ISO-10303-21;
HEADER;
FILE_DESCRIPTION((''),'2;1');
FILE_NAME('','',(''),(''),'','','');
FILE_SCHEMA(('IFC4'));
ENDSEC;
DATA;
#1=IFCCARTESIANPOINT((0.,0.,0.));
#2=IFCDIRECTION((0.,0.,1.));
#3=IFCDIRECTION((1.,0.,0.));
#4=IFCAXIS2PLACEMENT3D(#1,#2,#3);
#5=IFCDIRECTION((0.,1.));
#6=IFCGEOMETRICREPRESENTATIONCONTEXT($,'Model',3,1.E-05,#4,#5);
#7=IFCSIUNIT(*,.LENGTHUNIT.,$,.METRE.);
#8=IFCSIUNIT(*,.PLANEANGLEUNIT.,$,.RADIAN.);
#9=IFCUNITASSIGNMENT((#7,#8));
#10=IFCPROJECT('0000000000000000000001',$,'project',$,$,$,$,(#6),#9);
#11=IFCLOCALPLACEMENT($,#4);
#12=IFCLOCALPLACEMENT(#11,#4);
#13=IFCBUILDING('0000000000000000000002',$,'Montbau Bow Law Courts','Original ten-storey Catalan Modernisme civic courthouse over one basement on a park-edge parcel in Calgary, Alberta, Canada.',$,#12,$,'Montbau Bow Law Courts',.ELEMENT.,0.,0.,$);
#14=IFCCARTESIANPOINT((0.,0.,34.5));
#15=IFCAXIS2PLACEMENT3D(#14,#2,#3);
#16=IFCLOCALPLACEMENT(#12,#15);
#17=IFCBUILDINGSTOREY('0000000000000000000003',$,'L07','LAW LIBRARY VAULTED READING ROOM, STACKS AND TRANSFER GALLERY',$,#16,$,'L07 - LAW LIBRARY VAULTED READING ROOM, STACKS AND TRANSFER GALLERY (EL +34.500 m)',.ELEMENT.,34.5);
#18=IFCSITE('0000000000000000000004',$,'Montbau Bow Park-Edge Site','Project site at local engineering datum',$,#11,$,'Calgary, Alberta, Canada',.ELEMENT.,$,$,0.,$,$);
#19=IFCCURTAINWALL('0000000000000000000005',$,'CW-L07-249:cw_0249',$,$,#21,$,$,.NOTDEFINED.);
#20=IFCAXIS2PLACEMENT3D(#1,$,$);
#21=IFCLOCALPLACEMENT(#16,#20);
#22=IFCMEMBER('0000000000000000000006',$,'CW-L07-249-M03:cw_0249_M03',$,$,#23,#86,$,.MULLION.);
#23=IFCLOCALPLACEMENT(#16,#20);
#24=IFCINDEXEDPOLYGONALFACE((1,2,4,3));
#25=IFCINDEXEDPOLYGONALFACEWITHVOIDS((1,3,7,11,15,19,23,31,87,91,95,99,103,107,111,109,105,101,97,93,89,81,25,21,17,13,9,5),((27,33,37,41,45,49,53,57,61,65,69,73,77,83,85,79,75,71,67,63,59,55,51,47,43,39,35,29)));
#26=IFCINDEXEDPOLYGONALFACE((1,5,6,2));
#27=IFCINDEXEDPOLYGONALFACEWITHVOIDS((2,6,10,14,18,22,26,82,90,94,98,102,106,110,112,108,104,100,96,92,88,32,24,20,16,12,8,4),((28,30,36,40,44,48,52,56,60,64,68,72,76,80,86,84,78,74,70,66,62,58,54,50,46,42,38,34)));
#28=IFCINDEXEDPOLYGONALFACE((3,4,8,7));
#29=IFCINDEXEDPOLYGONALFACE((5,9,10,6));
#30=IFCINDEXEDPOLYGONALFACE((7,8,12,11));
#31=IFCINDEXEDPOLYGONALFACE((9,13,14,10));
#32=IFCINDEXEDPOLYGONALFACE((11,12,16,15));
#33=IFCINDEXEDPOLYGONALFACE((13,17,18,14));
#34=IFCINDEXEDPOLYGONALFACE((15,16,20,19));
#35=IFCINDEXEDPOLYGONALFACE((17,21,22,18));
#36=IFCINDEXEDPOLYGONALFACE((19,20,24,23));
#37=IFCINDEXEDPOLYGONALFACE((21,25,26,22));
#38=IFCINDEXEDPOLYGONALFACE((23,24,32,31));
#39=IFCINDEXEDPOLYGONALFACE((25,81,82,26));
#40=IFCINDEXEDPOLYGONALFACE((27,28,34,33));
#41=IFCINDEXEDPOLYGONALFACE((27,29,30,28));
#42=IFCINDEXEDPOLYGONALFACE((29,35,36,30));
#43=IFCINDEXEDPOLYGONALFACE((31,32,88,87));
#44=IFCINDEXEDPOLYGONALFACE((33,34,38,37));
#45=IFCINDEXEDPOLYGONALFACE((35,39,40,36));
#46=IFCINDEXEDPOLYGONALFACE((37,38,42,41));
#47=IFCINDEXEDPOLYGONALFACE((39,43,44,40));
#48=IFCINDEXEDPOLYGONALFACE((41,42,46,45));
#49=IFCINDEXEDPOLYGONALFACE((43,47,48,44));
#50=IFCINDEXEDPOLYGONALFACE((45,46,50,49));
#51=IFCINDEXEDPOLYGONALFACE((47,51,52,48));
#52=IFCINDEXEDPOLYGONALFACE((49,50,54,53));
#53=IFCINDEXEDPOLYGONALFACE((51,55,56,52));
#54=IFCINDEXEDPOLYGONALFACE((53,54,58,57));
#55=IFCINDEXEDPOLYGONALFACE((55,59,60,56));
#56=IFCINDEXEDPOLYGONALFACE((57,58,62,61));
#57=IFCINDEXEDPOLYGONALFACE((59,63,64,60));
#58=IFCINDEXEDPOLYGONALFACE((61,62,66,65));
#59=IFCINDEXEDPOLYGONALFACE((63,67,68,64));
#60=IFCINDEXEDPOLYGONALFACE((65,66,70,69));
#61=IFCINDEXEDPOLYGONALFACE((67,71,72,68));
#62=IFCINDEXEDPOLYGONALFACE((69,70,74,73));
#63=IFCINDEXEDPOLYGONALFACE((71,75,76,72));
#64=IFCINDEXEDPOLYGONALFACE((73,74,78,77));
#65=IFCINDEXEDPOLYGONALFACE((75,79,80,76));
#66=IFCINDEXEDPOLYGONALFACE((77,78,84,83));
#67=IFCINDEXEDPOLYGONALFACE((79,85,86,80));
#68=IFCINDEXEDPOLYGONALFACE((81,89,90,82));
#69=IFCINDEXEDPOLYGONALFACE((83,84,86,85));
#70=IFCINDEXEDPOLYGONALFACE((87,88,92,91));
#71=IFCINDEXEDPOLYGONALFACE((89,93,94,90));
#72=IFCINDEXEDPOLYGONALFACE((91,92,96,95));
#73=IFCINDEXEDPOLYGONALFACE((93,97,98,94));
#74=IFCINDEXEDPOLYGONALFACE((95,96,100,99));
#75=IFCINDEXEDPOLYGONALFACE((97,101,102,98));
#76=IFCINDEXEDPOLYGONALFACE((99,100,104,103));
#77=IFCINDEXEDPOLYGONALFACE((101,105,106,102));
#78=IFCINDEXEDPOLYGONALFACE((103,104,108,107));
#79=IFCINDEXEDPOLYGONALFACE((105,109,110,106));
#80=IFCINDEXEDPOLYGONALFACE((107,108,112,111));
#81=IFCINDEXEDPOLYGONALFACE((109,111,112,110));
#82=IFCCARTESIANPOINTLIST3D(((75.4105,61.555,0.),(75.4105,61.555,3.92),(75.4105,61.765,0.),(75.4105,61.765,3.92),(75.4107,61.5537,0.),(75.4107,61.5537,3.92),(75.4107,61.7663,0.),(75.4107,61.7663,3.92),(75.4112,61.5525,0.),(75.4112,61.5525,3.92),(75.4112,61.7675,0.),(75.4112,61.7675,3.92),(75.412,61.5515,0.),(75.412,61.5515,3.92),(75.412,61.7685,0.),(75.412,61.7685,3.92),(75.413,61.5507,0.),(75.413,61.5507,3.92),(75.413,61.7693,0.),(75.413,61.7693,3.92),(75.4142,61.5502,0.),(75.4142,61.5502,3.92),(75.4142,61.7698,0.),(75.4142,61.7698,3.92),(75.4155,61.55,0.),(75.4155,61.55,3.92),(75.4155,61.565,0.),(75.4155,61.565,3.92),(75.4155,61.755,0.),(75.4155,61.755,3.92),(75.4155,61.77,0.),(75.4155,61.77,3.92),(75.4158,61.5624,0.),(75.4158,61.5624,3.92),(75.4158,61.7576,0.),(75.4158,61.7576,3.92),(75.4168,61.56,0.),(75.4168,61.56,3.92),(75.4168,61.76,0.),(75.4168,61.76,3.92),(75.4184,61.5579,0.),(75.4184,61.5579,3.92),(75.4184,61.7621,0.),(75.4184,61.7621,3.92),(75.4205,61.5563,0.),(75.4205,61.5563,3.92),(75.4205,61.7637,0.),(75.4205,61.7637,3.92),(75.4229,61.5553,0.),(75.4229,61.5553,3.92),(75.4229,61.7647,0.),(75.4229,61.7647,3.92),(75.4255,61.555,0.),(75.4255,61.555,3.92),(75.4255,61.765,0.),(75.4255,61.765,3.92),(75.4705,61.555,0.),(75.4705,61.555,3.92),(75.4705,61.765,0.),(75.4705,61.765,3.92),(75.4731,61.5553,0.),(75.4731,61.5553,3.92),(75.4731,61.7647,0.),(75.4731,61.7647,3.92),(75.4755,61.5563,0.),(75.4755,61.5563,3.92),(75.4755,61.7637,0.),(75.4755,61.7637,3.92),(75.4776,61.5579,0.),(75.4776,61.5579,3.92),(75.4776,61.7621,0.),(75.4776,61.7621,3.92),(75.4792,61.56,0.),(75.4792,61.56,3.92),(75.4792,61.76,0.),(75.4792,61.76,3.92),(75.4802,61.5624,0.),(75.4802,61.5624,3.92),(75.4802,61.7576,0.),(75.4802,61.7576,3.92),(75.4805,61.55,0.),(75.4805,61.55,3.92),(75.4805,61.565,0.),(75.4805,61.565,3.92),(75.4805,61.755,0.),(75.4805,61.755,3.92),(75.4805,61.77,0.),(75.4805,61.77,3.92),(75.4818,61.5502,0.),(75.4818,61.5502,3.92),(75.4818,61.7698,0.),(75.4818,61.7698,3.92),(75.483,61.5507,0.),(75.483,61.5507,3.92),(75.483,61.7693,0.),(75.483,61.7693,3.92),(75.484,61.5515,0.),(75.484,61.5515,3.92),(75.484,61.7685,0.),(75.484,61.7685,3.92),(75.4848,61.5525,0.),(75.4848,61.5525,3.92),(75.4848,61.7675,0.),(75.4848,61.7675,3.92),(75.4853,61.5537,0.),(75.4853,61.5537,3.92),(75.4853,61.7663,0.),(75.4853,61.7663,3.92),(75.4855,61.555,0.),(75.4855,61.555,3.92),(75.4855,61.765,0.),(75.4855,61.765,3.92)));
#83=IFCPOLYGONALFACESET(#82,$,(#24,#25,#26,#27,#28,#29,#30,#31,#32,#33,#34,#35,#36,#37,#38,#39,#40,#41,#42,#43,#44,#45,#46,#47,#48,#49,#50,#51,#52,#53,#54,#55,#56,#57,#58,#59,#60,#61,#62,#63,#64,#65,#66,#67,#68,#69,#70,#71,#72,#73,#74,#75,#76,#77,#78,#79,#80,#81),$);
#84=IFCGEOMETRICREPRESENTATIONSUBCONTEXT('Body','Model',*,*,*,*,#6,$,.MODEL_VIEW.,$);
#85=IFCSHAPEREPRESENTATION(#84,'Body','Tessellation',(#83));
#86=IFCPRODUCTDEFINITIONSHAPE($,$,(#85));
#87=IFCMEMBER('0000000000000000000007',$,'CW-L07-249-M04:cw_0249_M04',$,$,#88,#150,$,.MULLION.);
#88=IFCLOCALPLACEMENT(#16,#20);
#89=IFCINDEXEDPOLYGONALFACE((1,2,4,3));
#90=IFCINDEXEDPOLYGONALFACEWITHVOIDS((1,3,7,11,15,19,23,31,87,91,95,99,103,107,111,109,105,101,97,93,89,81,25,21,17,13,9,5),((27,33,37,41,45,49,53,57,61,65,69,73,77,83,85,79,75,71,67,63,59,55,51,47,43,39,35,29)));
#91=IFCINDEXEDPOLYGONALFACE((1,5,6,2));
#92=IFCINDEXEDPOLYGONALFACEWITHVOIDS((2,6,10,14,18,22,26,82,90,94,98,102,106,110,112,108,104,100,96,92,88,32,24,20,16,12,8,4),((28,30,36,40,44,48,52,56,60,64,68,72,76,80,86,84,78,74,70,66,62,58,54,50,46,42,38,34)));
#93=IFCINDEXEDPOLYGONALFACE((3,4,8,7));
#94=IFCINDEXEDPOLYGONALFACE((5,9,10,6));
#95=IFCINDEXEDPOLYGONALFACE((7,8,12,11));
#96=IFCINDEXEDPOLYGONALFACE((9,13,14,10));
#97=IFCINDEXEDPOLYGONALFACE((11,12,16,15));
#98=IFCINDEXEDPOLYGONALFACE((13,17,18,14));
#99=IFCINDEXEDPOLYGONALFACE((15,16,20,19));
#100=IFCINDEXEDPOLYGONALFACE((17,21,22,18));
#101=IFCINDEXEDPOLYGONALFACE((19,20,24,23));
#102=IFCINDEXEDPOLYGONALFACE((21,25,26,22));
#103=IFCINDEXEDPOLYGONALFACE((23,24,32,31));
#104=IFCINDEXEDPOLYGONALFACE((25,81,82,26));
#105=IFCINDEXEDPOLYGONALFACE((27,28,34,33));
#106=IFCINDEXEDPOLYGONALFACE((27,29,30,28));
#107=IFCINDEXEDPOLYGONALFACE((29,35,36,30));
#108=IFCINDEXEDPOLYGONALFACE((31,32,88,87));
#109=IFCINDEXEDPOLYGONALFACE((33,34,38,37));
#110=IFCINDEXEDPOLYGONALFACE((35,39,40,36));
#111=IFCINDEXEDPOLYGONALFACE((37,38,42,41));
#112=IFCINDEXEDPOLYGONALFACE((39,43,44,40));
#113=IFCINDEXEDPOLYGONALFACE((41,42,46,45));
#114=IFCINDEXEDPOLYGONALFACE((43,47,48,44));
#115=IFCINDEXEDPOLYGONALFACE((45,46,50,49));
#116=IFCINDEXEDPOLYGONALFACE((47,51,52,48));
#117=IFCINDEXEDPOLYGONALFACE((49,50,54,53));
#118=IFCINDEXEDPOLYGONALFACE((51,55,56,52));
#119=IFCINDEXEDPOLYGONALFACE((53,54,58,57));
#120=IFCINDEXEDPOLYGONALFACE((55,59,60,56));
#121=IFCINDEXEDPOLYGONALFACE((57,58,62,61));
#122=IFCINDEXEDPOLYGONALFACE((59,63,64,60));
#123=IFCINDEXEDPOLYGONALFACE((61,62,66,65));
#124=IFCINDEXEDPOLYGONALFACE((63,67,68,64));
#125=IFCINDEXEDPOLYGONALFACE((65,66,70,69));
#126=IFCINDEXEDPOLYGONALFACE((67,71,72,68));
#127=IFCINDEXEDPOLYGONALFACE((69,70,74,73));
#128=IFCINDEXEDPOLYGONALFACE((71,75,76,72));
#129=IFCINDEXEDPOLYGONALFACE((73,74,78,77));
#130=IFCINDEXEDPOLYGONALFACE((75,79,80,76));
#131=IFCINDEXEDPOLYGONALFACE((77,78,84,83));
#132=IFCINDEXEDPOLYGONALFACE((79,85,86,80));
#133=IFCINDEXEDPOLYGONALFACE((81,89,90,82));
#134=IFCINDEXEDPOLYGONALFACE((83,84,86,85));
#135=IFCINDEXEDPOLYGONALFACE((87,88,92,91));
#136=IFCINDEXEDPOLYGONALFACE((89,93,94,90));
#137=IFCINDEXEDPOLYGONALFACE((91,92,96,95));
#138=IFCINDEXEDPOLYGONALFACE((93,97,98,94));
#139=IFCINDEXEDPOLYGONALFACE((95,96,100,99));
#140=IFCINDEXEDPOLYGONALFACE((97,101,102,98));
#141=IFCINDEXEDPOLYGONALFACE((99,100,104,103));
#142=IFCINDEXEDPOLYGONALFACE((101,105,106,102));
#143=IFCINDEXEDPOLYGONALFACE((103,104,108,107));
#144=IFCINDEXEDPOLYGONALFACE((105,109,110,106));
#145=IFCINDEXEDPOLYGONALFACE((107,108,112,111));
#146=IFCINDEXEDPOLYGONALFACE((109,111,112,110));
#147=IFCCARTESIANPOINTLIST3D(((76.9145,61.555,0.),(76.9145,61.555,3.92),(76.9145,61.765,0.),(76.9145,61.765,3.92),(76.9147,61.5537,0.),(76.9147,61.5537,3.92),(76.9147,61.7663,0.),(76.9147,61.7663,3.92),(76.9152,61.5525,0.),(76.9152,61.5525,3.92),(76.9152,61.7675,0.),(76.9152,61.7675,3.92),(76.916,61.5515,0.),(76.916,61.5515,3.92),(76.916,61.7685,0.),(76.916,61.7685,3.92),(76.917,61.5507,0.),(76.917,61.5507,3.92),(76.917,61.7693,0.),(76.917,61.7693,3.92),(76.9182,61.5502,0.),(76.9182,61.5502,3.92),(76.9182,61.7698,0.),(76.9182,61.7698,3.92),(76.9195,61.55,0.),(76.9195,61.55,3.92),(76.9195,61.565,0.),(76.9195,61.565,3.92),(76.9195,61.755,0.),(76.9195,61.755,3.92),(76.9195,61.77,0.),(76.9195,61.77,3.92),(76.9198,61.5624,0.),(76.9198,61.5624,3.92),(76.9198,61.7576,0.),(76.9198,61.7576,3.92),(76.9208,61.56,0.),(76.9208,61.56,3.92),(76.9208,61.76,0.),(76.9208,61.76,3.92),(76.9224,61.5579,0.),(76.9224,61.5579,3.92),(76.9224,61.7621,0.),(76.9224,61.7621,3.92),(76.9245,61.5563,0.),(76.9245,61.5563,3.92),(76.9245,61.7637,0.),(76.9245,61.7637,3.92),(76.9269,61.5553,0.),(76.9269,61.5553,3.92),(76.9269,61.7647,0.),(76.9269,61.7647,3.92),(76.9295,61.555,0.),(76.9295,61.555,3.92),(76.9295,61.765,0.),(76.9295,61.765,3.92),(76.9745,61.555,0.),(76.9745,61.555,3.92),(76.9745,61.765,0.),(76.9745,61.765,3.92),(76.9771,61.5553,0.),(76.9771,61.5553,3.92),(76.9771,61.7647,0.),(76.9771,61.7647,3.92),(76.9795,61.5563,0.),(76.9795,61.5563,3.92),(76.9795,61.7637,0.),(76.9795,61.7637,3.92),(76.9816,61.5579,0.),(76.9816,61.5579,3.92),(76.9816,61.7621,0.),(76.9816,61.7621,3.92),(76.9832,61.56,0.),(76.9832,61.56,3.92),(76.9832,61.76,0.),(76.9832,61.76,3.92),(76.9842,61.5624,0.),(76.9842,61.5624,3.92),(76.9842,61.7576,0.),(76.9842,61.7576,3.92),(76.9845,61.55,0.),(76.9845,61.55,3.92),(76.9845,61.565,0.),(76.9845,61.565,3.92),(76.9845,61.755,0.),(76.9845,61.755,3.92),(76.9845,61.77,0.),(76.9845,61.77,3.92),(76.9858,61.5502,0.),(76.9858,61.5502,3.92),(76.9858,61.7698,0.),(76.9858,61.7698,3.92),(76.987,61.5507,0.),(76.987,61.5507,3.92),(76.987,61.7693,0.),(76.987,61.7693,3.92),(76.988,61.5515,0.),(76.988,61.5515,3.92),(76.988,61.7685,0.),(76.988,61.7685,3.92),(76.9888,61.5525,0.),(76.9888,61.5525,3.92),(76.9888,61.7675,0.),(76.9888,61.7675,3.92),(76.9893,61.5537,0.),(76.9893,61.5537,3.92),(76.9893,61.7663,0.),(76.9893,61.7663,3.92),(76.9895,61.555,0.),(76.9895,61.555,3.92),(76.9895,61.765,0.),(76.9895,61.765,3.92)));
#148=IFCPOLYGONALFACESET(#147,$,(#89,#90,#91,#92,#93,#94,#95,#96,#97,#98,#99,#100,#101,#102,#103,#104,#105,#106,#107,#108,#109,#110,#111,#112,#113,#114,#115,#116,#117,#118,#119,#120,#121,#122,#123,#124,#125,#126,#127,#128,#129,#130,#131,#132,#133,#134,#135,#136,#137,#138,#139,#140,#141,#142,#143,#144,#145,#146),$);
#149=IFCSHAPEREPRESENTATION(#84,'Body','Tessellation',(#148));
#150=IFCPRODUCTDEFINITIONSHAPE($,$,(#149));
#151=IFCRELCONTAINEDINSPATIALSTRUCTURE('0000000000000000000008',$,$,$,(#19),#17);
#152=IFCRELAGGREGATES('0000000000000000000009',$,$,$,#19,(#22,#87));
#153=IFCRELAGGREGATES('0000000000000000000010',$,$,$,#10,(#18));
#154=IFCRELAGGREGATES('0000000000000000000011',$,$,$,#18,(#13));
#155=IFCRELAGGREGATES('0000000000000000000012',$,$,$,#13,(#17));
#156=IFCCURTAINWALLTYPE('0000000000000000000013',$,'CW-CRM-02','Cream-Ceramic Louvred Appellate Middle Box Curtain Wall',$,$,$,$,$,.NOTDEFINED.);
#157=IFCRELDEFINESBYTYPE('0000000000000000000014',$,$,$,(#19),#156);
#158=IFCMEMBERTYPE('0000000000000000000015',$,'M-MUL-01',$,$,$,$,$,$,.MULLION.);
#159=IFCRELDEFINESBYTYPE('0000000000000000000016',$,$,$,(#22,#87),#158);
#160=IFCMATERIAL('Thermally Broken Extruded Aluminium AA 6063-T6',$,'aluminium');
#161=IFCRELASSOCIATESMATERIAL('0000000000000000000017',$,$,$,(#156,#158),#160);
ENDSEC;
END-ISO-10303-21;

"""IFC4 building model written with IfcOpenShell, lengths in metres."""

from ifc_helpers import new_model, si_unit, direction, frame, origin_with_axes, origin_2d_with_axis, place, context, subcontext, project, spatial, hollow_rectangle, extrude, material, material_profile, profile_set, type_object, element, aggregate, save


model = new_model("IFC4")

# Units and contexts
model_context = context("Model", 3, precision=1e-05, world=origin_with_axes(), true_north=direction((0.0, 1.0)))
body_context = subcontext(model_context, "Body", "Model", "MODEL_VIEW")
ifc_project = project(units=[si_unit("LENGTHUNIT", "METRE"), si_unit("PLANEANGLEUNIT", "RADIAN")], contexts=[model_context])

# Site, building, storey
site_placement = place(None, origin_with_axes())
site = spatial("IfcSite", under=ifc_project, at=site_placement, Name="Montbau Bow Park-Edge Site", Description="Project site at local engineering datum", LongName="Calgary, Alberta, Canada", CompositionType="ELEMENT", RefElevation=0.0)
building_placement = place(site_placement, origin_with_axes())
building = spatial("IfcBuilding", under=site, at=building_placement, Name="Montbau Bow Law Courts", Description="Original ten-storey Catalan Modernisme civic courthouse over one basement on a park-edge parcel in Calgary, Alberta, Canada.", LongName="Montbau Bow Law Courts", CompositionType="ELEMENT", ElevationOfRefHeight=0.0, ElevationOfTerrain=0.0)
storey_placement = place(building_placement, frame((0.0, 0.0, 34.5), z_axis=(0.0, 0.0, 1.0), x_axis=(1.0, 0.0, 0.0)))
storey = spatial("IfcBuildingStorey", under=building, at=storey_placement, Name="L07", Description="LAW LIBRARY VAULTED READING ROOM, STACKS AND TRANSFER GALLERY", LongName="L07 - LAW LIBRARY VAULTED READING ROOM, STACKS AND TRANSFER GALLERY (EL +34.500 m)", CompositionType="ELEMENT", Elevation=34.5)

# Curtain wall, members
ifc_material_1 = material(Name="Thermally Broken Extruded Aluminium AA 6063-T6", Category="aluminium")
curtain_wall_type = type_object("IfcCurtainWallType", Name="CW-CRM-02", Description="Cream-Ceramic Louvred Appellate Middle Box Curtain Wall", PredefinedType="NOTDEFINED", material=ifc_material_1)
curtain_wall_1_placement = place(None, frame((72.44, 61.66, 34.5), z_axis=(0.0, 0.0, 1.0), x_axis=(1.0, 0.0, 0.0)))
curtain_wall_1 = element("IfcCurtainWall", 1, at=curtain_wall_1_placement, inside=storey, type_object=curtain_wall_type, Name="CW-L07-249:cw_0249", PredefinedType="NOTDEFINED")
ifc_material_profile_1 = material_profile(ifc_material_1, hollow_rectangle(XDim=0.075, YDim=0.22, WallThickness=0.005, InnerFilletRadius=0.01, OuterFilletRadius=0.005, at=origin_2d_with_axis()), Name="CWM-220X75", Category="Main", Priority=0)
ifc_profile_set_1 = profile_set([ifc_material_profile_1], Name="Thermally Broken Extruded Aluminium AA 6063-T6")
member_type_1 = type_object("IfcMemberType", Name="M-MUL-01", PredefinedType="MULLION", material=ifc_profile_set_1)
member_1_placement = place(None, frame((75.448, 61.66, 34.5), z_axis=(0.0, 0.0, 1.0), x_axis=(1.0, 0.0, 0.0)))
member_1 = element("IfcMember", 2, at=member_1_placement, type_object=member_type_1, Name="CW-L07-249-M03:cw_0249_M03", PredefinedType="MULLION", context=body_context, shape_type="SweptSolid", body=[
    extrude(hollow_rectangle(XDim=0.075, YDim=0.22, WallThickness=0.005, InnerFilletRadius=0.01, OuterFilletRadius=0.005, at=origin_2d_with_axis()), origin_with_axes(), (0.0, 0.0, 1.0), 3.92),
])
member_2_placement = place(None, frame((76.952, 61.66, 34.5), z_axis=(0.0, 0.0, 1.0), x_axis=(1.0, 0.0, 0.0)))
member_2 = element("IfcMember", 3, at=member_2_placement, type_object=member_type_1, Name="CW-L07-249-M04:cw_0249_M04", PredefinedType="MULLION", context=body_context, shape_type="SweptSolid", body=[
    extrude(hollow_rectangle(XDim=0.075, YDim=0.22, WallThickness=0.005, InnerFilletRadius=0.01, OuterFilletRadius=0.005, at=origin_2d_with_axis()), origin_with_axes(), (0.0, 0.0, 1.0), 3.92),
])

aggregate(curtain_wall_1, [member_1, member_2])

save(model, "model.ifc")
